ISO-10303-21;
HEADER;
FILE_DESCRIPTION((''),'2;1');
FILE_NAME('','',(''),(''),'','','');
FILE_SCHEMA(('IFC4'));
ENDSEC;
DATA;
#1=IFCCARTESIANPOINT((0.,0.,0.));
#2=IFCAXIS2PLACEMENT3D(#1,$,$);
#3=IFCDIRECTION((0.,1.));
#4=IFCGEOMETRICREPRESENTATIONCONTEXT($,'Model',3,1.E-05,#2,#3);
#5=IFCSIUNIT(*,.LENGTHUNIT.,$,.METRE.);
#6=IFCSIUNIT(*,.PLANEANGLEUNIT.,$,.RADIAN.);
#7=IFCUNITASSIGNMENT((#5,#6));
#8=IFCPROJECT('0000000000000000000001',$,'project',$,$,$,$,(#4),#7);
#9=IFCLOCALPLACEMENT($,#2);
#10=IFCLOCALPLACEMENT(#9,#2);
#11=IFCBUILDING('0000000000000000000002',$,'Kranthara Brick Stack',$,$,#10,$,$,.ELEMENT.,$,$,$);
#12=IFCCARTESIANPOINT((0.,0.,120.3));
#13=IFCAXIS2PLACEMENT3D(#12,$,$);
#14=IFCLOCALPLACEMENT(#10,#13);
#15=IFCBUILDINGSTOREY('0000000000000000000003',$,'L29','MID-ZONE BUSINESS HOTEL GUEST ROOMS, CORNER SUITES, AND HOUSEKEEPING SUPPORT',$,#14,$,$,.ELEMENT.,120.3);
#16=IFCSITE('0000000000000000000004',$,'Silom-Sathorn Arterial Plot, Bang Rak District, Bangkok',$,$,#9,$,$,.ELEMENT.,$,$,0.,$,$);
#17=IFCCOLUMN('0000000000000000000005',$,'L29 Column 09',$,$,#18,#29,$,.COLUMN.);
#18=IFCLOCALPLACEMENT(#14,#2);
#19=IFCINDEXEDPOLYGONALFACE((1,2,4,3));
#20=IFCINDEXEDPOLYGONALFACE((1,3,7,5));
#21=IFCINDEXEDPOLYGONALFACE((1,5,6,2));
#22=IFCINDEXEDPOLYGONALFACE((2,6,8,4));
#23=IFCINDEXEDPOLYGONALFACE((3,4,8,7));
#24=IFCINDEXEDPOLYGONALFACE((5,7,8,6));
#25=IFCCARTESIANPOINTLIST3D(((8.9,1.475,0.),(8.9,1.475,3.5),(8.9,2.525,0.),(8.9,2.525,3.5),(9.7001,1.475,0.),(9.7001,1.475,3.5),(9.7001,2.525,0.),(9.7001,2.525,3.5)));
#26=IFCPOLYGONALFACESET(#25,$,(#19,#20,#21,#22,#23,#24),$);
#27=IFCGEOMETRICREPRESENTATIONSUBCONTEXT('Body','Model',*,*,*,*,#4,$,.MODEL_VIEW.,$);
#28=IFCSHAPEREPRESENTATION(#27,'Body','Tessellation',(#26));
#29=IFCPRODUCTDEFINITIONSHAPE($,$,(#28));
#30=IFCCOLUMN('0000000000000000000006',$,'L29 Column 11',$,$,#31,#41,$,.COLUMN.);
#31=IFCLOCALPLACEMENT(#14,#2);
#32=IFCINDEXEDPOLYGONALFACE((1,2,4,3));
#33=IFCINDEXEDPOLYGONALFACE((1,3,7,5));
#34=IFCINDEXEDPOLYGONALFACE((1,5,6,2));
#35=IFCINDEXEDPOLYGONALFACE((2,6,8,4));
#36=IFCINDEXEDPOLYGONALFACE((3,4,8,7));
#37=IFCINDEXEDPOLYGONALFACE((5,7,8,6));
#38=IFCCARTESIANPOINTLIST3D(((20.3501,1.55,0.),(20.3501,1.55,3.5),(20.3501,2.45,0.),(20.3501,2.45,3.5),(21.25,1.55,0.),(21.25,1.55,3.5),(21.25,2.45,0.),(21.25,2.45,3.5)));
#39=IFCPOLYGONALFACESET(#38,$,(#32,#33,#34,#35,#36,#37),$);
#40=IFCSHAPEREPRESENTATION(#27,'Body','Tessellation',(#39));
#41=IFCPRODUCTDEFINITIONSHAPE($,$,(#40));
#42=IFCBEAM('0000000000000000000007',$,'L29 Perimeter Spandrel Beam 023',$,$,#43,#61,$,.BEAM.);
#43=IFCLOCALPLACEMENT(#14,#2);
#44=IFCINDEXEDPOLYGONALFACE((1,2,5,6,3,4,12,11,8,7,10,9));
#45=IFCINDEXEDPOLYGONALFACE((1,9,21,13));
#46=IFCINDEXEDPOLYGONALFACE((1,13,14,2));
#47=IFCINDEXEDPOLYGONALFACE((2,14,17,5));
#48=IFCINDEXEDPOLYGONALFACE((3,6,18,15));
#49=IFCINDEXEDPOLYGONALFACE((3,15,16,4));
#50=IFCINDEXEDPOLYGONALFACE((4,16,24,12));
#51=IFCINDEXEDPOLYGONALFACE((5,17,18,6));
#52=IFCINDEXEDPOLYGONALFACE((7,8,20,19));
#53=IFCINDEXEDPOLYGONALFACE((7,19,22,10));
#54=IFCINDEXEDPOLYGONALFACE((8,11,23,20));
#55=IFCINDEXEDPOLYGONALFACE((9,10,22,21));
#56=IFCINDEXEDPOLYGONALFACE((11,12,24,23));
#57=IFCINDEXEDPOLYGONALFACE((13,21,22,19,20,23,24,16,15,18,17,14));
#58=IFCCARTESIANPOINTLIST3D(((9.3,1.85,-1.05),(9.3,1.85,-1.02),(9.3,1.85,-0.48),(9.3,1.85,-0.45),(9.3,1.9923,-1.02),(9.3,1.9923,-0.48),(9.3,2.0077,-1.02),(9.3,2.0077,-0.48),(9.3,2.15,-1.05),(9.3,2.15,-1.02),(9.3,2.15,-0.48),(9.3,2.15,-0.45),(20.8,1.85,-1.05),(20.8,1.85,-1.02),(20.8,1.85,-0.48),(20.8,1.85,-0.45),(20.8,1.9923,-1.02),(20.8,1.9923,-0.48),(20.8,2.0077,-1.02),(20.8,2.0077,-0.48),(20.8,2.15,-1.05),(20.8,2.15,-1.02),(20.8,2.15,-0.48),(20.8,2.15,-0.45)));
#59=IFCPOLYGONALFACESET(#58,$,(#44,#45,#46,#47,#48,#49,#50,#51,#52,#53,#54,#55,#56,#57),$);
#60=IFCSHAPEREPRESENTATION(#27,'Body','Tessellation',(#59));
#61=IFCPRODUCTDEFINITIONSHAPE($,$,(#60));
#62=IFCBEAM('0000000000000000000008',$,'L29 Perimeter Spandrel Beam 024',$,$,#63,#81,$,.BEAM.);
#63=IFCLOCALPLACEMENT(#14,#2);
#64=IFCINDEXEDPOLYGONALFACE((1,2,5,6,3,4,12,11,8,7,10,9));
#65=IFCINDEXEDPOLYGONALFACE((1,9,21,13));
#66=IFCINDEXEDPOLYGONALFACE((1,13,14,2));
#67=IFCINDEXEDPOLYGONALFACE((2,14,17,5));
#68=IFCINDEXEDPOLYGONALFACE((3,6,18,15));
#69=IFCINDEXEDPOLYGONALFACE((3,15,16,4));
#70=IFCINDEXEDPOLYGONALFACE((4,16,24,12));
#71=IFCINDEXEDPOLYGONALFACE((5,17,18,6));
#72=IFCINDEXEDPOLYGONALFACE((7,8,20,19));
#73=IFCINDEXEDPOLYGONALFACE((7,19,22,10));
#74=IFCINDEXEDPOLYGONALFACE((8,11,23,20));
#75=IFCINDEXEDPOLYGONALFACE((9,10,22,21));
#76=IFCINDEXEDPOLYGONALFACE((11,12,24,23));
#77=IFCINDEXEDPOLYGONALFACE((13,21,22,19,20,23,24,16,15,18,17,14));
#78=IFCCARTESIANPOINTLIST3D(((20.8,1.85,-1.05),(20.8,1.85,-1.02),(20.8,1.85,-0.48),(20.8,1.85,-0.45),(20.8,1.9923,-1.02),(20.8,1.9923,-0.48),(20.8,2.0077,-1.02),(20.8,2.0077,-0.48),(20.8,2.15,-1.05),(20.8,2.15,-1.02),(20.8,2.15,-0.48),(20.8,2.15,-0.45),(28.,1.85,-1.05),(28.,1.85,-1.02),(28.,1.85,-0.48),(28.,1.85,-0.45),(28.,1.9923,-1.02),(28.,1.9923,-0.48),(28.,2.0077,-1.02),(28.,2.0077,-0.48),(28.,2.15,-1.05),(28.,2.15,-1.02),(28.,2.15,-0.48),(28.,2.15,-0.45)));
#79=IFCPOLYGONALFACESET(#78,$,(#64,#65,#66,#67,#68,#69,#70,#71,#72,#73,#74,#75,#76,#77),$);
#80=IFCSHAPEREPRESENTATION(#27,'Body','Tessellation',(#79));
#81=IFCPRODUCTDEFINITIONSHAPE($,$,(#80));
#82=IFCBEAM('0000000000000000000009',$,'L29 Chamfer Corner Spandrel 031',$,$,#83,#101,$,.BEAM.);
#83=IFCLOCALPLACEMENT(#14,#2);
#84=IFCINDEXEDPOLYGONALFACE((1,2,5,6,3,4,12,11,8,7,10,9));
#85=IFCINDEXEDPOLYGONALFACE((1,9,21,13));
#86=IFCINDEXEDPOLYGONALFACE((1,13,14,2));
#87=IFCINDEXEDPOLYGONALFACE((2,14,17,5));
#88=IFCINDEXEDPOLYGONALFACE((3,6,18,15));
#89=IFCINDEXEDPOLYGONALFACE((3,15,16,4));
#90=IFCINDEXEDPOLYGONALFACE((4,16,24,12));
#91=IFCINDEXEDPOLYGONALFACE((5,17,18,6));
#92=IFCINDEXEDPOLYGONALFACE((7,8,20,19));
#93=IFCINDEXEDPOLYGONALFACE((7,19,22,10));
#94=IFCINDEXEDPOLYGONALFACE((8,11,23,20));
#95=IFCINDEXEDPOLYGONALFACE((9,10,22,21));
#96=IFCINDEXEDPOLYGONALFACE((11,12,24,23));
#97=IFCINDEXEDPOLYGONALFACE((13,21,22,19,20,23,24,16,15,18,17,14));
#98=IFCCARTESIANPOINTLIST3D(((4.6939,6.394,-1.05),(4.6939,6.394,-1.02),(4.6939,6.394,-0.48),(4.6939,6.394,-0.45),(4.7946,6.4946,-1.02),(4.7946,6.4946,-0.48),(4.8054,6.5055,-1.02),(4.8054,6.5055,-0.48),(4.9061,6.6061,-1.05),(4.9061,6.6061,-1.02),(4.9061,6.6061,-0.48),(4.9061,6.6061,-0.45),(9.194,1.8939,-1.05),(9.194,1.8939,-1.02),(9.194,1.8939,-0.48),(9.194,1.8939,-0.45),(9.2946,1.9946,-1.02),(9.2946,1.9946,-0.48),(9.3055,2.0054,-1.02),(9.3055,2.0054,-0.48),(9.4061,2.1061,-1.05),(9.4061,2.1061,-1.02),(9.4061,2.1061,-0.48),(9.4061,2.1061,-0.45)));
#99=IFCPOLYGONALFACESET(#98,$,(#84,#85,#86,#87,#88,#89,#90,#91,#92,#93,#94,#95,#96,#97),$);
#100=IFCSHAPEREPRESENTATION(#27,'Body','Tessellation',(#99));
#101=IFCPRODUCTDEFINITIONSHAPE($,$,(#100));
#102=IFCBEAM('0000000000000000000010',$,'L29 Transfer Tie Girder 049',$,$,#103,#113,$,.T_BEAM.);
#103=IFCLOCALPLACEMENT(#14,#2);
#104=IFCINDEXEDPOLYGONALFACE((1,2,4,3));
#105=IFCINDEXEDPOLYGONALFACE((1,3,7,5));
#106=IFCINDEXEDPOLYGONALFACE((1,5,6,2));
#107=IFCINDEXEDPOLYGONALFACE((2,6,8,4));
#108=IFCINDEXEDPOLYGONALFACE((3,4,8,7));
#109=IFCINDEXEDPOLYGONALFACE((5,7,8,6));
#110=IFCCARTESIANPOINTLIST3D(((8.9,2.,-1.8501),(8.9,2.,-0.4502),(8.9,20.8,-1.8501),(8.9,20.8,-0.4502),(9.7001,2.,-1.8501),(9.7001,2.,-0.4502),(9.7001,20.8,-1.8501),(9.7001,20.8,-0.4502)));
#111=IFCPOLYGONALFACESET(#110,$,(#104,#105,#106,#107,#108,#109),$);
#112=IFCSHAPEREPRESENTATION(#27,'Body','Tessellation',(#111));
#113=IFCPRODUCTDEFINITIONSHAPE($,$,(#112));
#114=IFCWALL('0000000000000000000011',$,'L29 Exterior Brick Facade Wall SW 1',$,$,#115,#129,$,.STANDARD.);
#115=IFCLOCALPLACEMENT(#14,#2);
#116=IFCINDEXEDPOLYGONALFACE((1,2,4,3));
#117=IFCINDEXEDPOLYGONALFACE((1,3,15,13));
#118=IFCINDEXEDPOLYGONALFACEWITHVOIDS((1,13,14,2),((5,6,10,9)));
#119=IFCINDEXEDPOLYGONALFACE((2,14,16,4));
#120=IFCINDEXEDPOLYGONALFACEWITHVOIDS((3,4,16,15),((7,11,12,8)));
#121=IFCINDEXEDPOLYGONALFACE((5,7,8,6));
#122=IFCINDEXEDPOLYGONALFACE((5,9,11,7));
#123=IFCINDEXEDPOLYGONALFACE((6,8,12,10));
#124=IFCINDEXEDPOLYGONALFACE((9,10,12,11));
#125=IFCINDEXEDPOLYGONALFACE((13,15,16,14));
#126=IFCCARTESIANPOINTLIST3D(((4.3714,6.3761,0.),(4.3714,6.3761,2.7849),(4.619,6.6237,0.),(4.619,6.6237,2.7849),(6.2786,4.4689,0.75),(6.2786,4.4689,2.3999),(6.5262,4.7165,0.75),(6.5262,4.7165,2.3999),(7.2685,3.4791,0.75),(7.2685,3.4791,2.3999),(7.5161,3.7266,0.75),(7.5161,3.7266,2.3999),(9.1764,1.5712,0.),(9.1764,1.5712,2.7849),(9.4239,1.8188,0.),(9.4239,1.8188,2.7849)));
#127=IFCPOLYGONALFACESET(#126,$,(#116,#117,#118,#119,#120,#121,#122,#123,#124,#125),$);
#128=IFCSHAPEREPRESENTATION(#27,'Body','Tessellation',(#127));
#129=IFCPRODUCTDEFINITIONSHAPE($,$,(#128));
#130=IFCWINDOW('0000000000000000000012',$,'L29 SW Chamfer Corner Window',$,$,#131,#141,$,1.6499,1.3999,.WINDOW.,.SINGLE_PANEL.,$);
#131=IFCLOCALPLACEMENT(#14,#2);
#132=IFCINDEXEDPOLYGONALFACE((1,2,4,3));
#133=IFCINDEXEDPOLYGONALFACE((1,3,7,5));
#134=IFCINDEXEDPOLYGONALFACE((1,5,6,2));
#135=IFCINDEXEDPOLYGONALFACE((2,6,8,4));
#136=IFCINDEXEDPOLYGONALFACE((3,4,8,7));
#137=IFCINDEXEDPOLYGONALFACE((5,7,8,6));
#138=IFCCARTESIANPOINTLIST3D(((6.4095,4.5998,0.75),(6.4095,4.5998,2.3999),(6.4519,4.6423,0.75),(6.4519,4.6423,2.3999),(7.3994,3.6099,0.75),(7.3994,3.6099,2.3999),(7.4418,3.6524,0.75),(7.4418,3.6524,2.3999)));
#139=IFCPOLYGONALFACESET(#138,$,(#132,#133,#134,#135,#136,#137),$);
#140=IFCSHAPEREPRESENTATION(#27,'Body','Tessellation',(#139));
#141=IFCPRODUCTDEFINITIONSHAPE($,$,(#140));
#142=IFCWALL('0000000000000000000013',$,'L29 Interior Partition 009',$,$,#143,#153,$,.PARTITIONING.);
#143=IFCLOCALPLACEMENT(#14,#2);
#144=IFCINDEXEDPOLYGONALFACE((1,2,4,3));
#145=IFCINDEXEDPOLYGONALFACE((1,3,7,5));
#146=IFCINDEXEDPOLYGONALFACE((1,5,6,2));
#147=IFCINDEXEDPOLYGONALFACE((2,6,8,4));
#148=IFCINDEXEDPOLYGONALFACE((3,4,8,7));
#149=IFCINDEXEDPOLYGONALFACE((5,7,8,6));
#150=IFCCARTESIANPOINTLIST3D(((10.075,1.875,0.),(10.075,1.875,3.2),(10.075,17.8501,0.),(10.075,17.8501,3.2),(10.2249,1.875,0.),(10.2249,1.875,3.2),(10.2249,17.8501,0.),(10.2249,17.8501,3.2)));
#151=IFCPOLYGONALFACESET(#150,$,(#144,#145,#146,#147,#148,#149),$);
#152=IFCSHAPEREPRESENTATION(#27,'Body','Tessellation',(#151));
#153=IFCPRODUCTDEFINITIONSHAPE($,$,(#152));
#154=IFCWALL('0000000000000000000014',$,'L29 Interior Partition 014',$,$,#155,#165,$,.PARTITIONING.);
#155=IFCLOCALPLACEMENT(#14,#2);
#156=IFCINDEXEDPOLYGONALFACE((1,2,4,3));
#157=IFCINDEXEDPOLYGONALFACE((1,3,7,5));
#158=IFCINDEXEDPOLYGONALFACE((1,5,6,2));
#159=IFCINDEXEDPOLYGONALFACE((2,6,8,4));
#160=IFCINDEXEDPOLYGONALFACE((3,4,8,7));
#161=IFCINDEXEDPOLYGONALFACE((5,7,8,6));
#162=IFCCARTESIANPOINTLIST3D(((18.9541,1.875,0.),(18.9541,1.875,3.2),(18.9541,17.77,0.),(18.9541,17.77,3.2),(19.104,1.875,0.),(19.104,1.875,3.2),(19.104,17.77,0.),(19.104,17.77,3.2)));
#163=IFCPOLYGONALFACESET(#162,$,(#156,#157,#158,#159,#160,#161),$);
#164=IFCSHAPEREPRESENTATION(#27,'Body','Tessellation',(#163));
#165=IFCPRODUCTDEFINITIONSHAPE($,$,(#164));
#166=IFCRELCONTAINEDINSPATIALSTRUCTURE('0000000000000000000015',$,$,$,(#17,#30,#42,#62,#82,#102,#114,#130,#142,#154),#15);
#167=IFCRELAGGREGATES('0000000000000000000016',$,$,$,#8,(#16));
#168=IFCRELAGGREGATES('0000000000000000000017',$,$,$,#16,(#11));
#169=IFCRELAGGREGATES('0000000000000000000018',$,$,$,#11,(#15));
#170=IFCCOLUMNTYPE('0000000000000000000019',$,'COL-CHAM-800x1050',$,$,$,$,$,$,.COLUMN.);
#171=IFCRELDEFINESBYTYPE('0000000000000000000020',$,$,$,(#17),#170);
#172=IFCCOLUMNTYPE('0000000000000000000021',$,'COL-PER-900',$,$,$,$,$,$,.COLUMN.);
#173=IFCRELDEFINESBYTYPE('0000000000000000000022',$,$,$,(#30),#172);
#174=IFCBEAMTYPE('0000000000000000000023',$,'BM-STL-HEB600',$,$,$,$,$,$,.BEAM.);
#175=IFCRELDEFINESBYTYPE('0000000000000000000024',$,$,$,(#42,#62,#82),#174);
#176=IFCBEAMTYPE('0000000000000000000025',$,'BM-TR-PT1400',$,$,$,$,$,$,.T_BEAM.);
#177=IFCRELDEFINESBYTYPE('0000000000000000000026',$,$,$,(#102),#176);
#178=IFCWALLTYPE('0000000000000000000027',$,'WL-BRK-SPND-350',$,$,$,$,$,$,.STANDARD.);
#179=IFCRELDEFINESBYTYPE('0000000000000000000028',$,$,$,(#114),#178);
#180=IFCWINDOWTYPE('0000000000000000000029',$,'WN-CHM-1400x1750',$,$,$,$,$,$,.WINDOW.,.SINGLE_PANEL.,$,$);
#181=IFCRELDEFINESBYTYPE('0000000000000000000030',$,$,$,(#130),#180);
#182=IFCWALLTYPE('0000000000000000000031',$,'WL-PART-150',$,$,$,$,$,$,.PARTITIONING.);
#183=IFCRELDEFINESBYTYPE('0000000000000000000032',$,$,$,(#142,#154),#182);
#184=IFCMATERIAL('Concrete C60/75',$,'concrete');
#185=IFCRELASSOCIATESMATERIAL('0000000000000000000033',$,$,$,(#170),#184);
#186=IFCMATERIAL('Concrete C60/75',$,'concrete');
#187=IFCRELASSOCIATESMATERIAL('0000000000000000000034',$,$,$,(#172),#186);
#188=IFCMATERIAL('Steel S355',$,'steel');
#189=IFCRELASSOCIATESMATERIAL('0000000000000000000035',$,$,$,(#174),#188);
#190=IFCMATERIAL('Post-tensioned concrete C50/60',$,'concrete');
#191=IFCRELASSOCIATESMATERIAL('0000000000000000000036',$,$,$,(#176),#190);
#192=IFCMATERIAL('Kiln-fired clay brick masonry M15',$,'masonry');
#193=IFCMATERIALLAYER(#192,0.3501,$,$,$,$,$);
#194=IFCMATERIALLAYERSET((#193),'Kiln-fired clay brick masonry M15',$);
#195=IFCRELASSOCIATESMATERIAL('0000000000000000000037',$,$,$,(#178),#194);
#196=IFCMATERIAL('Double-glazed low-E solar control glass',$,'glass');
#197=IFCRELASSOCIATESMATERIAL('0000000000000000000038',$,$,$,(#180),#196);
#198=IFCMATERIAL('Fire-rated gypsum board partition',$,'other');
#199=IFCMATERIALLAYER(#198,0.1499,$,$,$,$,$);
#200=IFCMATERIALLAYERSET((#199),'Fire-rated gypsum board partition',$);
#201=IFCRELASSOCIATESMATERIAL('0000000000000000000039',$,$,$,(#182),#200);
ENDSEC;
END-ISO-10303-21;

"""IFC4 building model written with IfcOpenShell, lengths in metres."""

from ifc_helpers import new_model, si_unit, direction, frame, frame_2d, origin, origin_2d, place, context, subcontext, project, spatial, rectangle, i_section, extrude, material, layer, layer_set, material_profile, profile_set, type_object, element, fill, save


model = new_model("IFC4")

# Units and contexts
model_context = context("Model", 3, precision=1e-05, world=origin(), true_north=direction((0.0, 1.0)))
body_context = subcontext(model_context, "Body", "Model", "MODEL_VIEW")
ifc_project = project(units=[si_unit("LENGTHUNIT", "METRE"), si_unit("PLANEANGLEUNIT", "RADIAN")], contexts=[model_context])

# Site, building, storey
site_placement = place(None, origin())
site = spatial("IfcSite", under=ifc_project, at=site_placement, Name="Silom-Sathorn Arterial Plot, Bang Rak District, Bangkok", CompositionType="ELEMENT", RefElevation=0.0)
building_placement = place(site_placement, origin())
building = spatial("IfcBuilding", under=site, at=building_placement, Name="Kranthara Brick Stack", CompositionType="ELEMENT")
storey_placement = place(building_placement, frame((0.0, 0.0, 120.3)))
storey = spatial("IfcBuildingStorey", under=building, at=storey_placement, Name="L29", Description="MID-ZONE BUSINESS HOTEL GUEST ROOMS, CORNER SUITES, AND HOUSEKEEPING SUPPORT", CompositionType="ELEMENT", Elevation=120.3)

# Columns
ifc_material_1 = material(Name="Concrete C60/75", Category="concrete")
ifc_material_profile_1 = material_profile(ifc_material_1, rectangle(XDim=0.8, YDim=1.05, at=origin_2d()), Name="RC 800x1050")
ifc_profile_set_1 = profile_set([ifc_material_profile_1], Name="Concrete C60/75")
column_type_1 = type_object("IfcColumnType", Name="COL-CHAM-800x1050", PredefinedType="COLUMN", material=ifc_profile_set_1)
column_1_placement = place(storey_placement, frame((9.3, 2.0, 0.0), z_axis=(0.0, 0.0, 1.0), x_axis=(1.0, 0.0, 0.0)))
element("IfcColumn", 1, at=column_1_placement, inside=storey, type_object=column_type_1, Name="L29 Column 09", PredefinedType="COLUMN", context=body_context, shape_type="SweptSolid", body=[
    extrude(rectangle(XDim=0.8, YDim=1.05, at=origin_2d()), origin(), (0.0, 0.0, 1.0), 3.5),
])
ifc_material_2 = material(Name="Concrete C60/75", Category="concrete")
ifc_material_profile_2 = material_profile(ifc_material_2, rectangle(XDim=0.8999, YDim=0.8999, at=origin_2d()), Name="RC 900x900")
ifc_profile_set_2 = profile_set([ifc_material_profile_2], Name="Concrete C60/75")
column_type_2 = type_object("IfcColumnType", Name="COL-PER-900", PredefinedType="COLUMN", material=ifc_profile_set_2)
column_2_placement = place(storey_placement, frame((20.8, 2.0, 0.0), z_axis=(0.0, 0.0, 1.0), x_axis=(1.0, 0.0, 0.0)))
element("IfcColumn", 2, at=column_2_placement, inside=storey, type_object=column_type_2, Name="L29 Column 11", PredefinedType="COLUMN", context=body_context, shape_type="SweptSolid", body=[
    extrude(rectangle(XDim=0.8999, YDim=0.8999, at=origin_2d()), origin(), (0.0, 0.0, 1.0), 3.5),
])

# Beams
ifc_material_3 = material(Name="Steel S355", Category="steel")
ifc_material_profile_3 = material_profile(ifc_material_3, i_section(OverallWidth=0.3, OverallDepth=0.6001, WebThickness=0.0154, FlangeThickness=0.03, at=origin_2d()), Name="HEB 600")
ifc_profile_set_3 = profile_set([ifc_material_profile_3], Name="Steel S355")
beam_type_1 = type_object("IfcBeamType", Name="BM-STL-HEB600", PredefinedType="BEAM", material=ifc_profile_set_3)
beam_1_placement = place(storey_placement, frame((9.3, 2.0, -0.75), z_axis=(1.0, 0.0, 0.0), x_axis=(0.0, 1.0, 0.0)))
element("IfcBeam", 3, at=beam_1_placement, inside=storey, type_object=beam_type_1, Name="L29 Perimeter Spandrel Beam 023", PredefinedType="BEAM", context=body_context, shape_type="SweptSolid", body=[
    extrude(i_section(OverallWidth=0.3, OverallDepth=0.6001, WebThickness=0.0154, FlangeThickness=0.03, at=origin_2d()), origin(), (0.0, 0.0, 1.0), 11.5),
])
beam_2_placement = place(storey_placement, frame((20.8, 2.0, -0.75), z_axis=(1.0, 0.0, 0.0), x_axis=(0.0, 1.0, 0.0)))
element("IfcBeam", 4, at=beam_2_placement, inside=storey, type_object=beam_type_1, Name="L29 Perimeter Spandrel Beam 024", PredefinedType="BEAM", context=body_context, shape_type="SweptSolid", body=[
    extrude(i_section(OverallWidth=0.3, OverallDepth=0.6001, WebThickness=0.0154, FlangeThickness=0.03, at=origin_2d()), origin(), (0.0, 0.0, 1.0), 7.2),
])
beam_3_placement = place(storey_placement, frame((9.3, 2.0, -0.75), z_axis=(-0.707107, 0.707107, 0.0), x_axis=(-0.707107, -0.707107, 0.0)))
element("IfcBeam", 5, at=beam_3_placement, inside=storey, type_object=beam_type_1, Name="L29 Chamfer Corner Spandrel 031", PredefinedType="BEAM", context=body_context, shape_type="SweptSolid", body=[
    extrude(i_section(OverallWidth=0.3, OverallDepth=0.6001, WebThickness=0.0154, FlangeThickness=0.03, at=origin_2d()), origin(), (0.0, 0.0, 1.0), 6.364),
])
ifc_material_4 = material(Name="Post-tensioned concrete C50/60", Category="concrete")
ifc_material_profile_4 = material_profile(ifc_material_4, rectangle(XDim=0.8, YDim=1.3999, at=origin_2d()), Name="PT 800x1400")
ifc_profile_set_4 = profile_set([ifc_material_profile_4], Name="Post-tensioned concrete C50/60")
beam_type_2 = type_object("IfcBeamType", Name="BM-TR-PT1400", PredefinedType="T_BEAM", material=ifc_profile_set_4)
beam_4_placement = place(storey_placement, frame((9.3, 2.0, -1.1501), z_axis=(0.0, 1.0, 0.0), x_axis=(-1.0, 0.0, 0.0)))
element("IfcBeam", 6, at=beam_4_placement, inside=storey, type_object=beam_type_2, Name="L29 Transfer Tie Girder 049", PredefinedType="T_BEAM", context=body_context, shape_type="SweptSolid", body=[
    extrude(rectangle(XDim=0.8, YDim=1.3999, at=origin_2d()), origin(), (0.0, 0.0, 1.0), 18.8),
])

# Wall, opening, window
ifc_material_5 = material(Name="Kiln-fired clay brick masonry M15", Category="masonry")
ifc_layer_1 = layer(ifc_material_5, 0.3501)
ifc_layer_set_1 = layer_set([ifc_layer_1], Name="Kiln-fired clay brick masonry M15")
wall_type_1 = type_object("IfcWallType", Name="WL-BRK-SPND-350", PredefinedType="STANDARD", material=ifc_layer_set_1)
wall_1_placement = place(storey_placement, frame((9.3, 1.6951, 0.0), z_axis=(0.0, 0.0, 1.0), x_axis=(-0.707107, 0.707107, 0.0)))
wall_1 = element("IfcWall", 7, at=wall_1_placement, inside=storey, type_object=wall_type_1, Name="L29 Exterior Brick Facade Wall SW 1", PredefinedType="STANDARD", context=body_context, shape_type="SweptSolid", body=[
    extrude(rectangle(XDim=6.7952, YDim=0.3501, at=frame_2d((3.3975, 0.0))), origin(), (0.0, 0.0, 1.0), 2.7849),
])
opening_placement = place(wall_1_placement, frame((2.698, 0.0, 0.75)))
opening = element("IfcOpeningElement", 8, at=opening_placement, cuts=wall_1, PredefinedType="OPENING", context=body_context, shape_type="SweptSolid", body=[
    extrude(rectangle(XDim=1.3999, YDim=1.6499, at=frame_2d((0.7, 0.825))), frame((0.0, 0.1851, 0.0), z_axis=(0.0, -1.0, 0.0), x_axis=(1.0, 0.0, 0.0)), (0.0, 0.0, 1.0), 0.3701),
])
ifc_material_6 = material(Name="Double-glazed low-E solar control glass", Category="glass")
window_type = type_object("IfcWindowType", Name="WN-CHM-1400x1750", PartitioningType="SINGLE_PANEL", PredefinedType="WINDOW", material=ifc_material_6)
window_placement = place(opening_placement, origin())
window = element("IfcWindow", 9, at=window_placement, inside=storey, type_object=window_type, Name="L29 SW Chamfer Corner Window", OverallHeight=1.6499, OverallWidth=1.3999, PartitioningType="SINGLE_PANEL", PredefinedType="WINDOW", context=body_context, shape_type="SweptSolid", body=[
    extrude(rectangle(XDim=1.3999, YDim=1.6499, at=frame_2d((0.7, 0.825))), frame((0.0, -0.01, 0.0), z_axis=(0.0, -1.0, 0.0), x_axis=(1.0, 0.0, 0.0)), (0.0, 0.0, 1.0), 0.0601),
])
fill(opening, window)

# Walls
ifc_material_7 = material(Name="Fire-rated gypsum board partition", Category="other")
ifc_layer_2 = layer(ifc_material_7, 0.1499)
ifc_layer_set_2 = layer_set([ifc_layer_2], Name="Fire-rated gypsum board partition")
wall_type_2 = type_object("IfcWallType", Name="WL-PART-150", PredefinedType="PARTITIONING", material=ifc_layer_set_2)
wall_2_placement = place(storey_placement, frame((10.1499, 1.875, 0.0), z_axis=(0.0, 0.0, 1.0), x_axis=(0.0, 1.0, 0.0)))
element("IfcWall", 10, at=wall_2_placement, inside=storey, type_object=wall_type_2, Name="L29 Interior Partition 009", PredefinedType="PARTITIONING", context=body_context, shape_type="SweptSolid", body=[
    extrude(rectangle(XDim=15.9751, YDim=0.1499, at=frame_2d((7.9875, 0.0))), origin(), (0.0, 0.0, 1.0), 3.2),
])
wall_3_placement = place(storey_placement, frame((19.0291, 1.875, 0.0), z_axis=(0.0, 0.0, 1.0), x_axis=(0.0, 1.0, 0.0)))
element("IfcWall", 11, at=wall_3_placement, inside=storey, type_object=wall_type_2, Name="L29 Interior Partition 014", PredefinedType="PARTITIONING", context=body_context, shape_type="SweptSolid", body=[
    extrude(rectangle(XDim=15.895, YDim=0.1499, at=frame_2d((7.9475, 0.0))), origin(), (0.0, 0.0, 1.0), 3.2),
])

save(model, "model.ifc")
